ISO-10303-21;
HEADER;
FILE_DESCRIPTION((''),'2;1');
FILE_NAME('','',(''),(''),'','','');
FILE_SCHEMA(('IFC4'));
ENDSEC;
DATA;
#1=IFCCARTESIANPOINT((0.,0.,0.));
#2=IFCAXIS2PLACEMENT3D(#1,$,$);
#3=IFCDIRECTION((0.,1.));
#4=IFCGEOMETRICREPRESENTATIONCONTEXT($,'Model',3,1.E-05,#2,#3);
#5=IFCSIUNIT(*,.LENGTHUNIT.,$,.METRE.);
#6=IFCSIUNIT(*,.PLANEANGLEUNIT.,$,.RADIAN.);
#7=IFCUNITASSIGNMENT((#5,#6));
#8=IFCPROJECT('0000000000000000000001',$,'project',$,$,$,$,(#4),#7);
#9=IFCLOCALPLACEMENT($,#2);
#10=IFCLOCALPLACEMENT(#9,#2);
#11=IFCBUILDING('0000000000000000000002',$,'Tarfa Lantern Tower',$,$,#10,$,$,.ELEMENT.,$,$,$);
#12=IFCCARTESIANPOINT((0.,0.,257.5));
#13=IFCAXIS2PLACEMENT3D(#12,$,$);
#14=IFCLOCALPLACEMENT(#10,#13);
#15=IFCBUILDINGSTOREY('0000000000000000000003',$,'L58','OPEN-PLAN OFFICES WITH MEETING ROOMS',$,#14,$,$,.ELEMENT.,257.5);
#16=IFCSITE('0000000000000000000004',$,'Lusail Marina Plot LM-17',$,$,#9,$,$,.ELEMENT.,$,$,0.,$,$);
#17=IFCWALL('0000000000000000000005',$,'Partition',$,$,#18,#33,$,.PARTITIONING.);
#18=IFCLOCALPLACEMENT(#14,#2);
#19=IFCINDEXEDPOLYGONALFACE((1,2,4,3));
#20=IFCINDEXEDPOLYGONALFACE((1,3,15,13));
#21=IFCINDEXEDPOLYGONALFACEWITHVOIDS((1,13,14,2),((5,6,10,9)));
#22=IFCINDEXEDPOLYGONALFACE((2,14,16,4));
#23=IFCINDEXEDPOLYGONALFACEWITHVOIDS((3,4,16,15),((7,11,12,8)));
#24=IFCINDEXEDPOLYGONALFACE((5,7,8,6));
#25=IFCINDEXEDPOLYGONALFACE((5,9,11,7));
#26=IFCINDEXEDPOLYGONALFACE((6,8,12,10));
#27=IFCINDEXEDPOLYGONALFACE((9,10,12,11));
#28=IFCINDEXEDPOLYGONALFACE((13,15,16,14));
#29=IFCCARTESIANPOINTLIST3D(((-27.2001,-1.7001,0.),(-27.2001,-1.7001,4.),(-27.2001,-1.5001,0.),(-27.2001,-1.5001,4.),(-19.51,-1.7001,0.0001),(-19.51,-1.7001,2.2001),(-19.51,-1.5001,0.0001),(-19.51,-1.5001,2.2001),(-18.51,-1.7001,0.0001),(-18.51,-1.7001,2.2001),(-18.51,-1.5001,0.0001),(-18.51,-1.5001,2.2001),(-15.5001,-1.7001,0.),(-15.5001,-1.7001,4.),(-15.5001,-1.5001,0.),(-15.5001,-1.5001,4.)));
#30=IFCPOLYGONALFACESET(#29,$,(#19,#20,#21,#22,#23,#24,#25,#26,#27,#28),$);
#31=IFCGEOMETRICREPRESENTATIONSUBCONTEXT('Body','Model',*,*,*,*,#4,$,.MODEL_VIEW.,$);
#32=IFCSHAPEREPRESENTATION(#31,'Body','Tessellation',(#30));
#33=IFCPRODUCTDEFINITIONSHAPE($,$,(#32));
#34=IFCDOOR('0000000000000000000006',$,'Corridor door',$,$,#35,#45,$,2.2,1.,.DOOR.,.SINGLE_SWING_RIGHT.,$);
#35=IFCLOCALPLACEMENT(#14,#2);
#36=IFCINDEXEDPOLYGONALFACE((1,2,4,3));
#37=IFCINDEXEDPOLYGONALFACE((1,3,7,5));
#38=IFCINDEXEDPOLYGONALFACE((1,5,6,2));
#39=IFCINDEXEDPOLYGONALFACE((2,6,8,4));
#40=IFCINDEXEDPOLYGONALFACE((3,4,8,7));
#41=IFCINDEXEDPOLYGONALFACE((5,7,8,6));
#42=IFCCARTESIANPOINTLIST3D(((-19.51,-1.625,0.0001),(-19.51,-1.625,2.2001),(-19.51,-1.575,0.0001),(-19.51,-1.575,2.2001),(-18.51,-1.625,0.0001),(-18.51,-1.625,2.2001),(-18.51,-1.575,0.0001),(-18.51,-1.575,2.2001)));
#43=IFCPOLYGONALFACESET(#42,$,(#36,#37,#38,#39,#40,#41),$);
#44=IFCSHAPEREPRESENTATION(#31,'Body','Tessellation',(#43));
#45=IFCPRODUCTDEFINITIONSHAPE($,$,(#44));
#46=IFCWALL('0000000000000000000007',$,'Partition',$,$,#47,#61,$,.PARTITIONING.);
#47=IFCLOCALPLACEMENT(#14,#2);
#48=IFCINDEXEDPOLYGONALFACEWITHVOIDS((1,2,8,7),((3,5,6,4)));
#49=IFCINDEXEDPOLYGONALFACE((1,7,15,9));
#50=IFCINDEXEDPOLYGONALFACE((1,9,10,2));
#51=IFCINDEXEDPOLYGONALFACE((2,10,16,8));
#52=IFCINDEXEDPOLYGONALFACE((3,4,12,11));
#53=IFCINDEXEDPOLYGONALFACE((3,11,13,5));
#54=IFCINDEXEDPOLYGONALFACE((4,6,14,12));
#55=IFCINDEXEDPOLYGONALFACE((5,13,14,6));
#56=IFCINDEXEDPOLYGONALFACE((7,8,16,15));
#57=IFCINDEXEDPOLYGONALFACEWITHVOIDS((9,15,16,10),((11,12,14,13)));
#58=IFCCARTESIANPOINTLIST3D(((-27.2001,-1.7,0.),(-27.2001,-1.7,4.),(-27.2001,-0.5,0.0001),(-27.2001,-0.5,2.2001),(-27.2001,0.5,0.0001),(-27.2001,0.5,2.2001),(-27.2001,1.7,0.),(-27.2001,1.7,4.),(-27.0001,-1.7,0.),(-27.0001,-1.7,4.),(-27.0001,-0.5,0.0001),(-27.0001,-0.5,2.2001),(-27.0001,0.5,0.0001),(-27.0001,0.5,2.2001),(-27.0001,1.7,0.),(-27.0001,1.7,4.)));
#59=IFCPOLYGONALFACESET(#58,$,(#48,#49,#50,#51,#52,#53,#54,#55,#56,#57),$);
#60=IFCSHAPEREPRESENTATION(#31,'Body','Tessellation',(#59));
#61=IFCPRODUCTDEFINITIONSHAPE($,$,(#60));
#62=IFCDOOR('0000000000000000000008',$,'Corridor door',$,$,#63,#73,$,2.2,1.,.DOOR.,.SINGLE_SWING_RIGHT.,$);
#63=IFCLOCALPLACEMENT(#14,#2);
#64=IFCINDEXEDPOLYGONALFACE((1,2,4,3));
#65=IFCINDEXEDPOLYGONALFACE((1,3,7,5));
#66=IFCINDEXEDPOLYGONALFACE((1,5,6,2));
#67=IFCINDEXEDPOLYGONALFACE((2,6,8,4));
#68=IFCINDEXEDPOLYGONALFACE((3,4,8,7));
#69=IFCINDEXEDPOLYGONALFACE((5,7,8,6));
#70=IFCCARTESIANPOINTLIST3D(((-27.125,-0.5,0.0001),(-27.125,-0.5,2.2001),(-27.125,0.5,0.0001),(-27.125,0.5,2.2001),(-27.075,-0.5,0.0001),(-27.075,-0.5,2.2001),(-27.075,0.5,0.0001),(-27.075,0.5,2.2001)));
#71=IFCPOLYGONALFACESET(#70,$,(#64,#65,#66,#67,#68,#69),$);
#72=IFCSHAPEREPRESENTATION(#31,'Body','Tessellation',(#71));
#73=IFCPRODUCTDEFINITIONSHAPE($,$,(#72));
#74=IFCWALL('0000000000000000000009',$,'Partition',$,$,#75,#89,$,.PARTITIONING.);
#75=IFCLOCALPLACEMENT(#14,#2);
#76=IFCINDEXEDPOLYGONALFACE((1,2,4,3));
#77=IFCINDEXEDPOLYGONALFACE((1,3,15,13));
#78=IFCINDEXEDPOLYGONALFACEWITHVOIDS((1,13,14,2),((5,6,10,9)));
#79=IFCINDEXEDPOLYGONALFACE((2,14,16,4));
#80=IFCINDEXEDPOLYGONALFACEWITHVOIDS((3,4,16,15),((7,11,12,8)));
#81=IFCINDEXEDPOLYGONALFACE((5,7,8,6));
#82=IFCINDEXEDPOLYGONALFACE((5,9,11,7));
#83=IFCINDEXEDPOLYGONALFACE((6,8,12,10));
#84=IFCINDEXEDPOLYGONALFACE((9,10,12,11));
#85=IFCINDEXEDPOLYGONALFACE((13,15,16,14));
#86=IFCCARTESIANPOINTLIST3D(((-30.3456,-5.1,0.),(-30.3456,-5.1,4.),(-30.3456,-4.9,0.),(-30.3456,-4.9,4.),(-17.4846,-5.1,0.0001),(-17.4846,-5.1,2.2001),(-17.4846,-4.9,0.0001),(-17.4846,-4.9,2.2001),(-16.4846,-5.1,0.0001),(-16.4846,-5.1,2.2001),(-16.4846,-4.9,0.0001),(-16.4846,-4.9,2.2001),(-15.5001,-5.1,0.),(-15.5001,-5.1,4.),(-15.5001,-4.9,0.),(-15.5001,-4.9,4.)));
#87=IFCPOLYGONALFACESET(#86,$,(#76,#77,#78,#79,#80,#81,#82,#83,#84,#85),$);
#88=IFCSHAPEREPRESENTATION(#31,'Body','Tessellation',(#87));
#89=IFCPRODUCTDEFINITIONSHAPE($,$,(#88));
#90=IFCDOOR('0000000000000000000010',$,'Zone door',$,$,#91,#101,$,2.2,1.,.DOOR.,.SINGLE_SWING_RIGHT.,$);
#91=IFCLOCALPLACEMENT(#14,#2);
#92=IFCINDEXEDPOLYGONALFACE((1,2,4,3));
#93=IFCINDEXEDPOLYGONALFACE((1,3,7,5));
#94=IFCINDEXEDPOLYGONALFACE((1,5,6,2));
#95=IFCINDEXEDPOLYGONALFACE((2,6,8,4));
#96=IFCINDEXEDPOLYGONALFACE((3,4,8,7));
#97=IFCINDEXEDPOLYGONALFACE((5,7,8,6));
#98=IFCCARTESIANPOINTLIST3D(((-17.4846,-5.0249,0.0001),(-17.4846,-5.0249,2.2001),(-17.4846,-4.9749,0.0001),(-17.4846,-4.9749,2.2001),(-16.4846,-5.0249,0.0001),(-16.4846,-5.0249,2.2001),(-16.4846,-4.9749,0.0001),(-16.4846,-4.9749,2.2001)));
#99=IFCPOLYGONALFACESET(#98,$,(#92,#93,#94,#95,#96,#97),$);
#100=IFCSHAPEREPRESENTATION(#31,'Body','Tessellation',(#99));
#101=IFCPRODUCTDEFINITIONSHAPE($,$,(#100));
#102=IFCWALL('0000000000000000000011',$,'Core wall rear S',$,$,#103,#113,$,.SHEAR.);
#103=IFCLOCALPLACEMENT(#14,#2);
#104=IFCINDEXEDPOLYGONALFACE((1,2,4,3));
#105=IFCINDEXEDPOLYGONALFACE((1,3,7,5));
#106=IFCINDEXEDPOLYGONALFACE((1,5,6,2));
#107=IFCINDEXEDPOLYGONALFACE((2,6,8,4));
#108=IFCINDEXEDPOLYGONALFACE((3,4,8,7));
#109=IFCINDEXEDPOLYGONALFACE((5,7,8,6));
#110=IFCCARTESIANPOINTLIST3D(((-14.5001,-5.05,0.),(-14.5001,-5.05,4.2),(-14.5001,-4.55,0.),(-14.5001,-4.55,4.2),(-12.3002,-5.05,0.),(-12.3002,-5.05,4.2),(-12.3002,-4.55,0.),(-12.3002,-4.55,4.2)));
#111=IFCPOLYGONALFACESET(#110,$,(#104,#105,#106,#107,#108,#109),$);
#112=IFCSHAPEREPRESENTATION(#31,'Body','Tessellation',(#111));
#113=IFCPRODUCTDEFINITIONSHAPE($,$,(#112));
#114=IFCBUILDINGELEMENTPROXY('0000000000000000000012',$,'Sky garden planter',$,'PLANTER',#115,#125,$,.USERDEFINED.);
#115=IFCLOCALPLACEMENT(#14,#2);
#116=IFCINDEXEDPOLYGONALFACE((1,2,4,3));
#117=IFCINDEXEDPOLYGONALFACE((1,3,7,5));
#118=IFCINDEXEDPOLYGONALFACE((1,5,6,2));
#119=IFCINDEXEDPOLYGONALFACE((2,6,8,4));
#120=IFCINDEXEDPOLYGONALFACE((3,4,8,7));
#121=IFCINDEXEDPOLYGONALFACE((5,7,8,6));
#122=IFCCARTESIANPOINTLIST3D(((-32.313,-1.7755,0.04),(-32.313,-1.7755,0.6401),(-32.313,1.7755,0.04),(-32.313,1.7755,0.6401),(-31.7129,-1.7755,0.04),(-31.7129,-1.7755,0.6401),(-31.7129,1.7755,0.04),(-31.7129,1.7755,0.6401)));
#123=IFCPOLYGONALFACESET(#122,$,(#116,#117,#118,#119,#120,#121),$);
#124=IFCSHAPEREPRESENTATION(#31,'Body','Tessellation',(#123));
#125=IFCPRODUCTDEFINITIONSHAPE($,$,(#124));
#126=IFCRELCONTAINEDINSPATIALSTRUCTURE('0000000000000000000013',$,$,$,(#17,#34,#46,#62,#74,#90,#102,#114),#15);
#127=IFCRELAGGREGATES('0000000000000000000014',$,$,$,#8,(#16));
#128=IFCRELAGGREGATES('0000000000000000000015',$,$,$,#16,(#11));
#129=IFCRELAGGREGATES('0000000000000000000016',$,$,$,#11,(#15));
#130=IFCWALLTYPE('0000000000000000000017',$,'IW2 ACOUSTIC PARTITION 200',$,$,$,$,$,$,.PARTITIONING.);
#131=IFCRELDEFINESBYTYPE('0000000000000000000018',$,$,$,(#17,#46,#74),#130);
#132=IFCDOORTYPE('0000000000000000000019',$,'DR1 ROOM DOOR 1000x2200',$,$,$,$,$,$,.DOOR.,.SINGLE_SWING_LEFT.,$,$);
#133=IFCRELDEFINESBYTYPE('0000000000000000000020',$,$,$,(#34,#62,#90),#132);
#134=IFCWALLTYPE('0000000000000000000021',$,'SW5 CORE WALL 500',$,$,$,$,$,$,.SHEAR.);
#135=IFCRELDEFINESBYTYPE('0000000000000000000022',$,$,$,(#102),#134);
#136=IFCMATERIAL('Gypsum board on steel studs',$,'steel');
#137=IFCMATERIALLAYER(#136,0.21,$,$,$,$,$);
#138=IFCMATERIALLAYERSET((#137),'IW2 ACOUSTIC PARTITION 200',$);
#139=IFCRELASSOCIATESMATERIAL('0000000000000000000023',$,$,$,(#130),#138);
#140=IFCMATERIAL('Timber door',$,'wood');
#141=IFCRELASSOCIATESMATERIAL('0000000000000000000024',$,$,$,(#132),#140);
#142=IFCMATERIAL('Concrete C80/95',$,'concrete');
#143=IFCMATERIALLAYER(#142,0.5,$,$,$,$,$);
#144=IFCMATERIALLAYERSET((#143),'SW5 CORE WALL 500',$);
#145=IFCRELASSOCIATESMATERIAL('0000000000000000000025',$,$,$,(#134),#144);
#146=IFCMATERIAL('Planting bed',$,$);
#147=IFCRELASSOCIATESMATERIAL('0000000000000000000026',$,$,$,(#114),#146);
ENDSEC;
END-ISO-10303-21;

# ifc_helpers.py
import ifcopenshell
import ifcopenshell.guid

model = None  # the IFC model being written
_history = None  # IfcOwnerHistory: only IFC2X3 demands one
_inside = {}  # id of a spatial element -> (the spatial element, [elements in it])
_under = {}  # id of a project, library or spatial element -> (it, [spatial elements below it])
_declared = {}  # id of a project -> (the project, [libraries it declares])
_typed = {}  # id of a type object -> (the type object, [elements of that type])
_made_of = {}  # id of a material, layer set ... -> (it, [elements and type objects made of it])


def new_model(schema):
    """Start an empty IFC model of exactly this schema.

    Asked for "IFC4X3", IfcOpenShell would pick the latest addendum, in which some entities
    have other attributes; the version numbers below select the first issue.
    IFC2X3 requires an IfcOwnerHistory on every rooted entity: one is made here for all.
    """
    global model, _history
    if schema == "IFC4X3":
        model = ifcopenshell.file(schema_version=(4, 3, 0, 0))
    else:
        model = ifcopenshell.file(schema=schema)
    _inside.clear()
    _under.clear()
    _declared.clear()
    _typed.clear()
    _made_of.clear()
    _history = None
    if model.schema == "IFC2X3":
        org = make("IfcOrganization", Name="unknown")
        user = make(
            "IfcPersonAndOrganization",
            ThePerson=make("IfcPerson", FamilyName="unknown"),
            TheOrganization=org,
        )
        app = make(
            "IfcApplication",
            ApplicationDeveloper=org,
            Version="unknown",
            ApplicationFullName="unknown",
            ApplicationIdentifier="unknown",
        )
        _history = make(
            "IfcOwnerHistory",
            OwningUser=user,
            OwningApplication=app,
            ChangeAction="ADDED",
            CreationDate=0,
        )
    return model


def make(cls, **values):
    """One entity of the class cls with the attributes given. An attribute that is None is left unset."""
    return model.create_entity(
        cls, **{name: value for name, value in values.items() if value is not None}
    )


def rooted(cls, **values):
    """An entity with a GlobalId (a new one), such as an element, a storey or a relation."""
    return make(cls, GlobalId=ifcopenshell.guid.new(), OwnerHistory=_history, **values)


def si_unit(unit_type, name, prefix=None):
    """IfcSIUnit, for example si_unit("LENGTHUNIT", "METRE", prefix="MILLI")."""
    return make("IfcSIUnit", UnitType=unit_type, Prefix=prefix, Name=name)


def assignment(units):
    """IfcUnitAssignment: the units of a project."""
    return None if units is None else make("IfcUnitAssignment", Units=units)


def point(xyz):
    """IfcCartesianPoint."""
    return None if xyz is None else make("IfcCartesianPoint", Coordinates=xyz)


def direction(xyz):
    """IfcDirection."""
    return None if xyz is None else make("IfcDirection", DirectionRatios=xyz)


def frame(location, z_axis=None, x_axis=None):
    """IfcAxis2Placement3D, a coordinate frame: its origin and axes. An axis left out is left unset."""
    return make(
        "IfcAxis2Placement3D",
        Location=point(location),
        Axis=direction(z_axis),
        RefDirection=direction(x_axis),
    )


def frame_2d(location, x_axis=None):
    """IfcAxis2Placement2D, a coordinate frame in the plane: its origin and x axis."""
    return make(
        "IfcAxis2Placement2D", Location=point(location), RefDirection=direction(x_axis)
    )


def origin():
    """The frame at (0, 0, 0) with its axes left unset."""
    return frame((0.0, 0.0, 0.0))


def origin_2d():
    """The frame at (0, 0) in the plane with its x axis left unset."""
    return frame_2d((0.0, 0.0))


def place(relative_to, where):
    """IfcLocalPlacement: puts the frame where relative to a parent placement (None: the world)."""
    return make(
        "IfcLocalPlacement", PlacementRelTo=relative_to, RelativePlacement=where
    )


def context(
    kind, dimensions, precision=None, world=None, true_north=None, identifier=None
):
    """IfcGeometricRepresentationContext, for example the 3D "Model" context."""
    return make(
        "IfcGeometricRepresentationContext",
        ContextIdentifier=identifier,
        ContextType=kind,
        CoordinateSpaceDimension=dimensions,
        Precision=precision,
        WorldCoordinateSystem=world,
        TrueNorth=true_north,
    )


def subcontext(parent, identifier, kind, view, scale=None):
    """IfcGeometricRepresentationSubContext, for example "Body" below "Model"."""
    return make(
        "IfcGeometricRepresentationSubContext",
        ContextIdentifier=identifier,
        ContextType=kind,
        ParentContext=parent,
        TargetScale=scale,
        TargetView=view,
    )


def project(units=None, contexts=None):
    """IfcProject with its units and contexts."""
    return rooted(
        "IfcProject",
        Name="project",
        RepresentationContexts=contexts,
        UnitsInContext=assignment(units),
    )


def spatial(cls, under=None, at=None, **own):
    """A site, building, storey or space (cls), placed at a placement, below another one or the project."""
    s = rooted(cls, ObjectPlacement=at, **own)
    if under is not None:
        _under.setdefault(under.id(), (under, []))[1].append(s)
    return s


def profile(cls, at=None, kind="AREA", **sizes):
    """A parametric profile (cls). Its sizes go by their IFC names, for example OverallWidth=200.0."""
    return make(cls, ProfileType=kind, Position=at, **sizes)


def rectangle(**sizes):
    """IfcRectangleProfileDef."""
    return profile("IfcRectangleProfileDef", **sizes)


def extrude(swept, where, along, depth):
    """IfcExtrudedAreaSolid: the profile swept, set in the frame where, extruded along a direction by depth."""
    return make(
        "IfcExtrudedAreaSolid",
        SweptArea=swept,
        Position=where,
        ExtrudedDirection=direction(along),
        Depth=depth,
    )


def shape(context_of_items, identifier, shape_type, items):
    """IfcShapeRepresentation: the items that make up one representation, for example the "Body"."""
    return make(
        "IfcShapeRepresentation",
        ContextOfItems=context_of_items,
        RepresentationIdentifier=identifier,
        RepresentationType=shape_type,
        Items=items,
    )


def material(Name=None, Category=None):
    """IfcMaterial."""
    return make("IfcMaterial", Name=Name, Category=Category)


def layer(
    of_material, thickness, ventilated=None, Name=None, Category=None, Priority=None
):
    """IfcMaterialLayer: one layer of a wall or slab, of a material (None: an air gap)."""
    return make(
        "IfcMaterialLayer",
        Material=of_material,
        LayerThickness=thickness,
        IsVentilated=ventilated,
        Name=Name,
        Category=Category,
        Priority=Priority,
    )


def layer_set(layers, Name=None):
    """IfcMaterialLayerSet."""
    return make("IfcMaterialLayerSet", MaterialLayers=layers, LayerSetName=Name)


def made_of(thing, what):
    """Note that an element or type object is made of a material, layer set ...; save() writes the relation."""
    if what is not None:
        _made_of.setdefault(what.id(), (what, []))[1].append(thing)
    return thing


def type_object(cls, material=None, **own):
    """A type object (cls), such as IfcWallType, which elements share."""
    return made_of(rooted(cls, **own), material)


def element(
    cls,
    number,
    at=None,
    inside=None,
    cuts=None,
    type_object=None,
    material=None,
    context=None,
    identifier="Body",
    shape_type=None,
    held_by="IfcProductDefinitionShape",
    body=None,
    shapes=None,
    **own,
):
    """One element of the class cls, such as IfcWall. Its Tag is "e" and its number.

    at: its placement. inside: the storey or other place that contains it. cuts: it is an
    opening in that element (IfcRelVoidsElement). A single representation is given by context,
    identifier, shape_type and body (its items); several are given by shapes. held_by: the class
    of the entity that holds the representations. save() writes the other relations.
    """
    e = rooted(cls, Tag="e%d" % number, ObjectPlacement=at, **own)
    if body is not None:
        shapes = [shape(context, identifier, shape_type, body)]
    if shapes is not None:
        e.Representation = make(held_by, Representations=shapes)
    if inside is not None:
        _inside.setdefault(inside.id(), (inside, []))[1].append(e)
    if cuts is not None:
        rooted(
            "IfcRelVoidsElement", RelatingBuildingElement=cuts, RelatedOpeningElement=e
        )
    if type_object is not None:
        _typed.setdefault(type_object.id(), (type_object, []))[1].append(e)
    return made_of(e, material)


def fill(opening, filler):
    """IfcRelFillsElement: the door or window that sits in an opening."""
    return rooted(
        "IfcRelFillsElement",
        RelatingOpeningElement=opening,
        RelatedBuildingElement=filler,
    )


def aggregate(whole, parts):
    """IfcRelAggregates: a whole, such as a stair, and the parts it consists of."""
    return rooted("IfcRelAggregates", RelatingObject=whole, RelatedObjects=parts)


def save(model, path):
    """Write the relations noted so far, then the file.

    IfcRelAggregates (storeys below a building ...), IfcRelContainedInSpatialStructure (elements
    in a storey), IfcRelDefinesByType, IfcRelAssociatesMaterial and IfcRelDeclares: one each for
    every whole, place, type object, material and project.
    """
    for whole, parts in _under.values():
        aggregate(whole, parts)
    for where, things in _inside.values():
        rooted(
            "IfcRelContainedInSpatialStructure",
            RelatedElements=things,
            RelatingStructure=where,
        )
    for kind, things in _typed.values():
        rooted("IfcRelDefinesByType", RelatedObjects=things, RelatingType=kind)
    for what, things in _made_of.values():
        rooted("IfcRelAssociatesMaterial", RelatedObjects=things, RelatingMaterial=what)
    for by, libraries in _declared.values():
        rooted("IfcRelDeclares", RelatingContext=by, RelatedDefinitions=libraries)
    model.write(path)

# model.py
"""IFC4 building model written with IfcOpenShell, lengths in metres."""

from ifc_helpers import new_model, si_unit, direction, frame, frame_2d, origin, origin_2d, place, context, subcontext, project, spatial, rectangle, extrude, material, layer, layer_set, type_object, element, fill, save


model = new_model("IFC4")

# Units and contexts
model_context = context("Model", 3, precision=1e-05, world=origin(), true_north=direction((0.0, 1.0)))
body_context = subcontext(model_context, "Body", "Model", "MODEL_VIEW")
ifc_project = project(units=[si_unit("LENGTHUNIT", "METRE"), si_unit("PLANEANGLEUNIT", "RADIAN")], contexts=[model_context])

# Site, building, storey
site_placement = place(None, origin())
site = spatial("IfcSite", under=ifc_project, at=site_placement, Name="Lusail Marina Plot LM-17", CompositionType="ELEMENT", RefElevation=0.0)
building_placement = place(site_placement, origin())
building = spatial("IfcBuilding", under=site, at=building_placement, Name="Tarfa Lantern Tower", CompositionType="ELEMENT")
storey_placement = place(building_placement, frame((0.0, 0.0, 257.5)))
storey = spatial("IfcBuildingStorey", under=building, at=storey_placement, Name="L58", Description="OPEN-PLAN OFFICES WITH MEETING ROOMS", CompositionType="ELEMENT", Elevation=257.5)

# Shared definitions
ifc_material_1 = material(Name="Concrete C80/95", Category="concrete")

# Walls, openings, doors
ifc_material_2 = material(Name="Gypsum board on steel studs", Category="steel")
ifc_layer_1 = layer(ifc_material_2, 0.21)
ifc_layer_set_1 = layer_set([ifc_layer_1], Name="IW2 ACOUSTIC PARTITION 200")
wall_type_1 = type_object("IfcWallType", Name="IW2 ACOUSTIC PARTITION 200", PredefinedType="PARTITIONING", material=ifc_layer_set_1)
ifc_material_3 = material(Name="Timber door", Category="wood")
door_type_1 = type_object("IfcDoorType", Name="DR1 ROOM DOOR 1000x2200", OperationType="SINGLE_SWING_LEFT", PredefinedType="DOOR", material=ifc_material_3)
wall_1_placement = place(storey_placement, frame((-15.5, -1.6001, 0.0), z_axis=(0.0, 0.0, 1.0), x_axis=(-1.0, 0.0, 0.0)))
wall_1 = element("IfcWall", 1, at=wall_1_placement, inside=storey, type_object=wall_type_1, Name="Partition", PredefinedType="PARTITIONING", context=body_context, shape_type="SweptSolid", body=[
    extrude(rectangle(XDim=11.7, YDim=0.2, at=frame_2d((5.8501, 0.0))), origin(), (0.0, 0.0, 1.0), 4.0),
])
opening_1_placement = place(wall_1_placement, frame((3.01, 0.0, 0.0)))
opening_1 = element("IfcOpeningElement", 2, at=opening_1_placement, cuts=wall_1, PredefinedType="OPENING", context=body_context, shape_type="SweptSolid", body=[
    extrude(rectangle(XDim=1.0, YDim=2.2, at=frame_2d((0.5, 1.1001))), frame((0.0, 0.1099, 0.0), z_axis=(0.0, -1.0, 0.0), x_axis=(1.0, 0.0, 0.0)), (0.0, 0.0, 1.0), 0.22),
])
door_1_placement = place(opening_1_placement, origin())
door_1 = element("IfcDoor", 3, at=door_1_placement, inside=storey, type_object=door_type_1, Name="Corridor door", OperationType="SINGLE_SWING_RIGHT", OverallHeight=2.2, OverallWidth=1.0, PredefinedType="DOOR", context=body_context, shape_type="SweptSolid", body=[
    extrude(rectangle(XDim=1.0, YDim=2.2, at=frame_2d((0.5, 1.1001))), frame((0.0, 0.0249, 0.0), z_axis=(0.0, -1.0, 0.0), x_axis=(1.0, 0.0, 0.0)), (0.0, 0.0, 1.0), 0.05),
])
fill(opening_1, door_1)
wall_2_placement = place(storey_placement, frame((-27.1001, -1.7, 0.0), z_axis=(0.0, 0.0, 1.0), x_axis=(0.0, 1.0, 0.0)))
wall_2 = element("IfcWall", 4, at=wall_2_placement, inside=storey, type_object=wall_type_1, Name="Partition", PredefinedType="PARTITIONING", context=body_context, shape_type="SweptSolid", body=[
    extrude(rectangle(XDim=3.3999, YDim=0.2, at=frame_2d((1.7, 0.0))), origin(), (0.0, 0.0, 1.0), 4.0),
])
opening_2_placement = place(wall_2_placement, frame((1.2, 0.0, 0.0)))
opening_2 = element("IfcOpeningElement", 5, at=opening_2_placement, cuts=wall_2, PredefinedType="OPENING", context=body_context, shape_type="SweptSolid", body=[
    extrude(rectangle(XDim=1.0, YDim=2.2, at=frame_2d((0.5, 1.1001))), frame((0.0, 0.1099, 0.0), z_axis=(0.0, -1.0, 0.0), x_axis=(1.0, 0.0, 0.0)), (0.0, 0.0, 1.0), 0.22),
])
door_2_placement = place(opening_2_placement, origin())
door_2 = element("IfcDoor", 6, at=door_2_placement, inside=storey, type_object=door_type_1, Name="Corridor door", OperationType="SINGLE_SWING_RIGHT", OverallHeight=2.2, OverallWidth=1.0, PredefinedType="DOOR", context=body_context, shape_type="SweptSolid", body=[
    extrude(rectangle(XDim=1.0, YDim=2.2, at=frame_2d((0.5, 1.1001))), frame((0.0, 0.0249, 0.0), z_axis=(0.0, -1.0, 0.0), x_axis=(1.0, 0.0, 0.0)), (0.0, 0.0, 1.0), 0.05),
])
fill(opening_2, door_2)
wall_3_placement = place(storey_placement, frame((-15.5, -5.0, 0.0), z_axis=(0.0, 0.0, 1.0), x_axis=(-1.0, 0.0, 0.0)))
wall_3 = element("IfcWall", 7, at=wall_3_placement, inside=storey, type_object=wall_type_1, Name="Partition", PredefinedType="PARTITIONING", context=body_context, shape_type="SweptSolid", body=[
    extrude(rectangle(XDim=14.8455, YDim=0.2, at=frame_2d((7.4229, 0.0))), origin(), (0.0, 0.0, 1.0), 4.0),
])
opening_3_placement = place(wall_3_placement, frame((0.9846, 0.0, 0.0)))
opening_3 = element("IfcOpeningElement", 8, at=opening_3_placement, cuts=wall_3, PredefinedType="OPENING", context=body_context, shape_type="SweptSolid", body=[
    extrude(rectangle(XDim=1.0, YDim=2.2, at=frame_2d((0.5, 1.1001))), frame((0.0, 0.1099, 0.0), z_axis=(0.0, -1.0, 0.0), x_axis=(1.0, 0.0, 0.0)), (0.0, 0.0, 1.0), 0.22),
])
door_3_placement = place(opening_3_placement, origin())
door_3 = element("IfcDoor", 9, at=door_3_placement, inside=storey, type_object=door_type_1, Name="Zone door", OperationType="SINGLE_SWING_RIGHT", OverallHeight=2.2, OverallWidth=1.0, PredefinedType="DOOR", context=body_context, shape_type="SweptSolid", body=[
    extrude(rectangle(XDim=1.0, YDim=2.2, at=frame_2d((0.5, 1.1001))), frame((0.0, 0.0249, 0.0), z_axis=(0.0, -1.0, 0.0), x_axis=(1.0, 0.0, 0.0)), (0.0, 0.0, 1.0), 0.05),
])
fill(opening_3, door_3)

# Wall
ifc_layer_2 = layer(ifc_material_1, 0.5)
ifc_layer_set_2 = layer_set([ifc_layer_2], Name="SW5 CORE WALL 500")
wall_type_2 = type_object("IfcWallType", Name="SW5 CORE WALL 500", PredefinedType="SHEAR", material=ifc_layer_set_2)
wall_4_placement = place(storey_placement, frame((-12.3, -4.8, 0.0), z_axis=(0.0, 0.0, 1.0), x_axis=(-1.0, 0.0, 0.0)))
element("IfcWall", 10, at=wall_4_placement, inside=storey, type_object=wall_type_2, Name="Core wall rear S", PredefinedType="SHEAR", context=body_context, shape_type="SweptSolid", body=[
    extrude(rectangle(XDim=2.2, YDim=0.5, at=frame_2d((1.1001, 0.0))), origin(), (0.0, 0.0, 1.0), 4.2),
])

# Building element proxy
ifc_material_4 = material(Name="Planting bed")
proxy_placement = place(storey_placement, frame((-32.0129, 0.0, 0.04), z_axis=(0.0, 0.0, 1.0), x_axis=(0.0, -1.0, 0.0)))
element("IfcBuildingElementProxy", 11, at=proxy_placement, inside=storey, material=ifc_material_4, Name="Sky garden planter", ObjectType="PLANTER", PredefinedType="USERDEFINED", context=body_context, shape_type="SweptSolid", body=[
    extrude(rectangle(XDim=3.551, YDim=0.6001, at=origin_2d()), origin(), (0.0, 0.0, 1.0), 0.6001),
])

save(model, "model.ifc")
